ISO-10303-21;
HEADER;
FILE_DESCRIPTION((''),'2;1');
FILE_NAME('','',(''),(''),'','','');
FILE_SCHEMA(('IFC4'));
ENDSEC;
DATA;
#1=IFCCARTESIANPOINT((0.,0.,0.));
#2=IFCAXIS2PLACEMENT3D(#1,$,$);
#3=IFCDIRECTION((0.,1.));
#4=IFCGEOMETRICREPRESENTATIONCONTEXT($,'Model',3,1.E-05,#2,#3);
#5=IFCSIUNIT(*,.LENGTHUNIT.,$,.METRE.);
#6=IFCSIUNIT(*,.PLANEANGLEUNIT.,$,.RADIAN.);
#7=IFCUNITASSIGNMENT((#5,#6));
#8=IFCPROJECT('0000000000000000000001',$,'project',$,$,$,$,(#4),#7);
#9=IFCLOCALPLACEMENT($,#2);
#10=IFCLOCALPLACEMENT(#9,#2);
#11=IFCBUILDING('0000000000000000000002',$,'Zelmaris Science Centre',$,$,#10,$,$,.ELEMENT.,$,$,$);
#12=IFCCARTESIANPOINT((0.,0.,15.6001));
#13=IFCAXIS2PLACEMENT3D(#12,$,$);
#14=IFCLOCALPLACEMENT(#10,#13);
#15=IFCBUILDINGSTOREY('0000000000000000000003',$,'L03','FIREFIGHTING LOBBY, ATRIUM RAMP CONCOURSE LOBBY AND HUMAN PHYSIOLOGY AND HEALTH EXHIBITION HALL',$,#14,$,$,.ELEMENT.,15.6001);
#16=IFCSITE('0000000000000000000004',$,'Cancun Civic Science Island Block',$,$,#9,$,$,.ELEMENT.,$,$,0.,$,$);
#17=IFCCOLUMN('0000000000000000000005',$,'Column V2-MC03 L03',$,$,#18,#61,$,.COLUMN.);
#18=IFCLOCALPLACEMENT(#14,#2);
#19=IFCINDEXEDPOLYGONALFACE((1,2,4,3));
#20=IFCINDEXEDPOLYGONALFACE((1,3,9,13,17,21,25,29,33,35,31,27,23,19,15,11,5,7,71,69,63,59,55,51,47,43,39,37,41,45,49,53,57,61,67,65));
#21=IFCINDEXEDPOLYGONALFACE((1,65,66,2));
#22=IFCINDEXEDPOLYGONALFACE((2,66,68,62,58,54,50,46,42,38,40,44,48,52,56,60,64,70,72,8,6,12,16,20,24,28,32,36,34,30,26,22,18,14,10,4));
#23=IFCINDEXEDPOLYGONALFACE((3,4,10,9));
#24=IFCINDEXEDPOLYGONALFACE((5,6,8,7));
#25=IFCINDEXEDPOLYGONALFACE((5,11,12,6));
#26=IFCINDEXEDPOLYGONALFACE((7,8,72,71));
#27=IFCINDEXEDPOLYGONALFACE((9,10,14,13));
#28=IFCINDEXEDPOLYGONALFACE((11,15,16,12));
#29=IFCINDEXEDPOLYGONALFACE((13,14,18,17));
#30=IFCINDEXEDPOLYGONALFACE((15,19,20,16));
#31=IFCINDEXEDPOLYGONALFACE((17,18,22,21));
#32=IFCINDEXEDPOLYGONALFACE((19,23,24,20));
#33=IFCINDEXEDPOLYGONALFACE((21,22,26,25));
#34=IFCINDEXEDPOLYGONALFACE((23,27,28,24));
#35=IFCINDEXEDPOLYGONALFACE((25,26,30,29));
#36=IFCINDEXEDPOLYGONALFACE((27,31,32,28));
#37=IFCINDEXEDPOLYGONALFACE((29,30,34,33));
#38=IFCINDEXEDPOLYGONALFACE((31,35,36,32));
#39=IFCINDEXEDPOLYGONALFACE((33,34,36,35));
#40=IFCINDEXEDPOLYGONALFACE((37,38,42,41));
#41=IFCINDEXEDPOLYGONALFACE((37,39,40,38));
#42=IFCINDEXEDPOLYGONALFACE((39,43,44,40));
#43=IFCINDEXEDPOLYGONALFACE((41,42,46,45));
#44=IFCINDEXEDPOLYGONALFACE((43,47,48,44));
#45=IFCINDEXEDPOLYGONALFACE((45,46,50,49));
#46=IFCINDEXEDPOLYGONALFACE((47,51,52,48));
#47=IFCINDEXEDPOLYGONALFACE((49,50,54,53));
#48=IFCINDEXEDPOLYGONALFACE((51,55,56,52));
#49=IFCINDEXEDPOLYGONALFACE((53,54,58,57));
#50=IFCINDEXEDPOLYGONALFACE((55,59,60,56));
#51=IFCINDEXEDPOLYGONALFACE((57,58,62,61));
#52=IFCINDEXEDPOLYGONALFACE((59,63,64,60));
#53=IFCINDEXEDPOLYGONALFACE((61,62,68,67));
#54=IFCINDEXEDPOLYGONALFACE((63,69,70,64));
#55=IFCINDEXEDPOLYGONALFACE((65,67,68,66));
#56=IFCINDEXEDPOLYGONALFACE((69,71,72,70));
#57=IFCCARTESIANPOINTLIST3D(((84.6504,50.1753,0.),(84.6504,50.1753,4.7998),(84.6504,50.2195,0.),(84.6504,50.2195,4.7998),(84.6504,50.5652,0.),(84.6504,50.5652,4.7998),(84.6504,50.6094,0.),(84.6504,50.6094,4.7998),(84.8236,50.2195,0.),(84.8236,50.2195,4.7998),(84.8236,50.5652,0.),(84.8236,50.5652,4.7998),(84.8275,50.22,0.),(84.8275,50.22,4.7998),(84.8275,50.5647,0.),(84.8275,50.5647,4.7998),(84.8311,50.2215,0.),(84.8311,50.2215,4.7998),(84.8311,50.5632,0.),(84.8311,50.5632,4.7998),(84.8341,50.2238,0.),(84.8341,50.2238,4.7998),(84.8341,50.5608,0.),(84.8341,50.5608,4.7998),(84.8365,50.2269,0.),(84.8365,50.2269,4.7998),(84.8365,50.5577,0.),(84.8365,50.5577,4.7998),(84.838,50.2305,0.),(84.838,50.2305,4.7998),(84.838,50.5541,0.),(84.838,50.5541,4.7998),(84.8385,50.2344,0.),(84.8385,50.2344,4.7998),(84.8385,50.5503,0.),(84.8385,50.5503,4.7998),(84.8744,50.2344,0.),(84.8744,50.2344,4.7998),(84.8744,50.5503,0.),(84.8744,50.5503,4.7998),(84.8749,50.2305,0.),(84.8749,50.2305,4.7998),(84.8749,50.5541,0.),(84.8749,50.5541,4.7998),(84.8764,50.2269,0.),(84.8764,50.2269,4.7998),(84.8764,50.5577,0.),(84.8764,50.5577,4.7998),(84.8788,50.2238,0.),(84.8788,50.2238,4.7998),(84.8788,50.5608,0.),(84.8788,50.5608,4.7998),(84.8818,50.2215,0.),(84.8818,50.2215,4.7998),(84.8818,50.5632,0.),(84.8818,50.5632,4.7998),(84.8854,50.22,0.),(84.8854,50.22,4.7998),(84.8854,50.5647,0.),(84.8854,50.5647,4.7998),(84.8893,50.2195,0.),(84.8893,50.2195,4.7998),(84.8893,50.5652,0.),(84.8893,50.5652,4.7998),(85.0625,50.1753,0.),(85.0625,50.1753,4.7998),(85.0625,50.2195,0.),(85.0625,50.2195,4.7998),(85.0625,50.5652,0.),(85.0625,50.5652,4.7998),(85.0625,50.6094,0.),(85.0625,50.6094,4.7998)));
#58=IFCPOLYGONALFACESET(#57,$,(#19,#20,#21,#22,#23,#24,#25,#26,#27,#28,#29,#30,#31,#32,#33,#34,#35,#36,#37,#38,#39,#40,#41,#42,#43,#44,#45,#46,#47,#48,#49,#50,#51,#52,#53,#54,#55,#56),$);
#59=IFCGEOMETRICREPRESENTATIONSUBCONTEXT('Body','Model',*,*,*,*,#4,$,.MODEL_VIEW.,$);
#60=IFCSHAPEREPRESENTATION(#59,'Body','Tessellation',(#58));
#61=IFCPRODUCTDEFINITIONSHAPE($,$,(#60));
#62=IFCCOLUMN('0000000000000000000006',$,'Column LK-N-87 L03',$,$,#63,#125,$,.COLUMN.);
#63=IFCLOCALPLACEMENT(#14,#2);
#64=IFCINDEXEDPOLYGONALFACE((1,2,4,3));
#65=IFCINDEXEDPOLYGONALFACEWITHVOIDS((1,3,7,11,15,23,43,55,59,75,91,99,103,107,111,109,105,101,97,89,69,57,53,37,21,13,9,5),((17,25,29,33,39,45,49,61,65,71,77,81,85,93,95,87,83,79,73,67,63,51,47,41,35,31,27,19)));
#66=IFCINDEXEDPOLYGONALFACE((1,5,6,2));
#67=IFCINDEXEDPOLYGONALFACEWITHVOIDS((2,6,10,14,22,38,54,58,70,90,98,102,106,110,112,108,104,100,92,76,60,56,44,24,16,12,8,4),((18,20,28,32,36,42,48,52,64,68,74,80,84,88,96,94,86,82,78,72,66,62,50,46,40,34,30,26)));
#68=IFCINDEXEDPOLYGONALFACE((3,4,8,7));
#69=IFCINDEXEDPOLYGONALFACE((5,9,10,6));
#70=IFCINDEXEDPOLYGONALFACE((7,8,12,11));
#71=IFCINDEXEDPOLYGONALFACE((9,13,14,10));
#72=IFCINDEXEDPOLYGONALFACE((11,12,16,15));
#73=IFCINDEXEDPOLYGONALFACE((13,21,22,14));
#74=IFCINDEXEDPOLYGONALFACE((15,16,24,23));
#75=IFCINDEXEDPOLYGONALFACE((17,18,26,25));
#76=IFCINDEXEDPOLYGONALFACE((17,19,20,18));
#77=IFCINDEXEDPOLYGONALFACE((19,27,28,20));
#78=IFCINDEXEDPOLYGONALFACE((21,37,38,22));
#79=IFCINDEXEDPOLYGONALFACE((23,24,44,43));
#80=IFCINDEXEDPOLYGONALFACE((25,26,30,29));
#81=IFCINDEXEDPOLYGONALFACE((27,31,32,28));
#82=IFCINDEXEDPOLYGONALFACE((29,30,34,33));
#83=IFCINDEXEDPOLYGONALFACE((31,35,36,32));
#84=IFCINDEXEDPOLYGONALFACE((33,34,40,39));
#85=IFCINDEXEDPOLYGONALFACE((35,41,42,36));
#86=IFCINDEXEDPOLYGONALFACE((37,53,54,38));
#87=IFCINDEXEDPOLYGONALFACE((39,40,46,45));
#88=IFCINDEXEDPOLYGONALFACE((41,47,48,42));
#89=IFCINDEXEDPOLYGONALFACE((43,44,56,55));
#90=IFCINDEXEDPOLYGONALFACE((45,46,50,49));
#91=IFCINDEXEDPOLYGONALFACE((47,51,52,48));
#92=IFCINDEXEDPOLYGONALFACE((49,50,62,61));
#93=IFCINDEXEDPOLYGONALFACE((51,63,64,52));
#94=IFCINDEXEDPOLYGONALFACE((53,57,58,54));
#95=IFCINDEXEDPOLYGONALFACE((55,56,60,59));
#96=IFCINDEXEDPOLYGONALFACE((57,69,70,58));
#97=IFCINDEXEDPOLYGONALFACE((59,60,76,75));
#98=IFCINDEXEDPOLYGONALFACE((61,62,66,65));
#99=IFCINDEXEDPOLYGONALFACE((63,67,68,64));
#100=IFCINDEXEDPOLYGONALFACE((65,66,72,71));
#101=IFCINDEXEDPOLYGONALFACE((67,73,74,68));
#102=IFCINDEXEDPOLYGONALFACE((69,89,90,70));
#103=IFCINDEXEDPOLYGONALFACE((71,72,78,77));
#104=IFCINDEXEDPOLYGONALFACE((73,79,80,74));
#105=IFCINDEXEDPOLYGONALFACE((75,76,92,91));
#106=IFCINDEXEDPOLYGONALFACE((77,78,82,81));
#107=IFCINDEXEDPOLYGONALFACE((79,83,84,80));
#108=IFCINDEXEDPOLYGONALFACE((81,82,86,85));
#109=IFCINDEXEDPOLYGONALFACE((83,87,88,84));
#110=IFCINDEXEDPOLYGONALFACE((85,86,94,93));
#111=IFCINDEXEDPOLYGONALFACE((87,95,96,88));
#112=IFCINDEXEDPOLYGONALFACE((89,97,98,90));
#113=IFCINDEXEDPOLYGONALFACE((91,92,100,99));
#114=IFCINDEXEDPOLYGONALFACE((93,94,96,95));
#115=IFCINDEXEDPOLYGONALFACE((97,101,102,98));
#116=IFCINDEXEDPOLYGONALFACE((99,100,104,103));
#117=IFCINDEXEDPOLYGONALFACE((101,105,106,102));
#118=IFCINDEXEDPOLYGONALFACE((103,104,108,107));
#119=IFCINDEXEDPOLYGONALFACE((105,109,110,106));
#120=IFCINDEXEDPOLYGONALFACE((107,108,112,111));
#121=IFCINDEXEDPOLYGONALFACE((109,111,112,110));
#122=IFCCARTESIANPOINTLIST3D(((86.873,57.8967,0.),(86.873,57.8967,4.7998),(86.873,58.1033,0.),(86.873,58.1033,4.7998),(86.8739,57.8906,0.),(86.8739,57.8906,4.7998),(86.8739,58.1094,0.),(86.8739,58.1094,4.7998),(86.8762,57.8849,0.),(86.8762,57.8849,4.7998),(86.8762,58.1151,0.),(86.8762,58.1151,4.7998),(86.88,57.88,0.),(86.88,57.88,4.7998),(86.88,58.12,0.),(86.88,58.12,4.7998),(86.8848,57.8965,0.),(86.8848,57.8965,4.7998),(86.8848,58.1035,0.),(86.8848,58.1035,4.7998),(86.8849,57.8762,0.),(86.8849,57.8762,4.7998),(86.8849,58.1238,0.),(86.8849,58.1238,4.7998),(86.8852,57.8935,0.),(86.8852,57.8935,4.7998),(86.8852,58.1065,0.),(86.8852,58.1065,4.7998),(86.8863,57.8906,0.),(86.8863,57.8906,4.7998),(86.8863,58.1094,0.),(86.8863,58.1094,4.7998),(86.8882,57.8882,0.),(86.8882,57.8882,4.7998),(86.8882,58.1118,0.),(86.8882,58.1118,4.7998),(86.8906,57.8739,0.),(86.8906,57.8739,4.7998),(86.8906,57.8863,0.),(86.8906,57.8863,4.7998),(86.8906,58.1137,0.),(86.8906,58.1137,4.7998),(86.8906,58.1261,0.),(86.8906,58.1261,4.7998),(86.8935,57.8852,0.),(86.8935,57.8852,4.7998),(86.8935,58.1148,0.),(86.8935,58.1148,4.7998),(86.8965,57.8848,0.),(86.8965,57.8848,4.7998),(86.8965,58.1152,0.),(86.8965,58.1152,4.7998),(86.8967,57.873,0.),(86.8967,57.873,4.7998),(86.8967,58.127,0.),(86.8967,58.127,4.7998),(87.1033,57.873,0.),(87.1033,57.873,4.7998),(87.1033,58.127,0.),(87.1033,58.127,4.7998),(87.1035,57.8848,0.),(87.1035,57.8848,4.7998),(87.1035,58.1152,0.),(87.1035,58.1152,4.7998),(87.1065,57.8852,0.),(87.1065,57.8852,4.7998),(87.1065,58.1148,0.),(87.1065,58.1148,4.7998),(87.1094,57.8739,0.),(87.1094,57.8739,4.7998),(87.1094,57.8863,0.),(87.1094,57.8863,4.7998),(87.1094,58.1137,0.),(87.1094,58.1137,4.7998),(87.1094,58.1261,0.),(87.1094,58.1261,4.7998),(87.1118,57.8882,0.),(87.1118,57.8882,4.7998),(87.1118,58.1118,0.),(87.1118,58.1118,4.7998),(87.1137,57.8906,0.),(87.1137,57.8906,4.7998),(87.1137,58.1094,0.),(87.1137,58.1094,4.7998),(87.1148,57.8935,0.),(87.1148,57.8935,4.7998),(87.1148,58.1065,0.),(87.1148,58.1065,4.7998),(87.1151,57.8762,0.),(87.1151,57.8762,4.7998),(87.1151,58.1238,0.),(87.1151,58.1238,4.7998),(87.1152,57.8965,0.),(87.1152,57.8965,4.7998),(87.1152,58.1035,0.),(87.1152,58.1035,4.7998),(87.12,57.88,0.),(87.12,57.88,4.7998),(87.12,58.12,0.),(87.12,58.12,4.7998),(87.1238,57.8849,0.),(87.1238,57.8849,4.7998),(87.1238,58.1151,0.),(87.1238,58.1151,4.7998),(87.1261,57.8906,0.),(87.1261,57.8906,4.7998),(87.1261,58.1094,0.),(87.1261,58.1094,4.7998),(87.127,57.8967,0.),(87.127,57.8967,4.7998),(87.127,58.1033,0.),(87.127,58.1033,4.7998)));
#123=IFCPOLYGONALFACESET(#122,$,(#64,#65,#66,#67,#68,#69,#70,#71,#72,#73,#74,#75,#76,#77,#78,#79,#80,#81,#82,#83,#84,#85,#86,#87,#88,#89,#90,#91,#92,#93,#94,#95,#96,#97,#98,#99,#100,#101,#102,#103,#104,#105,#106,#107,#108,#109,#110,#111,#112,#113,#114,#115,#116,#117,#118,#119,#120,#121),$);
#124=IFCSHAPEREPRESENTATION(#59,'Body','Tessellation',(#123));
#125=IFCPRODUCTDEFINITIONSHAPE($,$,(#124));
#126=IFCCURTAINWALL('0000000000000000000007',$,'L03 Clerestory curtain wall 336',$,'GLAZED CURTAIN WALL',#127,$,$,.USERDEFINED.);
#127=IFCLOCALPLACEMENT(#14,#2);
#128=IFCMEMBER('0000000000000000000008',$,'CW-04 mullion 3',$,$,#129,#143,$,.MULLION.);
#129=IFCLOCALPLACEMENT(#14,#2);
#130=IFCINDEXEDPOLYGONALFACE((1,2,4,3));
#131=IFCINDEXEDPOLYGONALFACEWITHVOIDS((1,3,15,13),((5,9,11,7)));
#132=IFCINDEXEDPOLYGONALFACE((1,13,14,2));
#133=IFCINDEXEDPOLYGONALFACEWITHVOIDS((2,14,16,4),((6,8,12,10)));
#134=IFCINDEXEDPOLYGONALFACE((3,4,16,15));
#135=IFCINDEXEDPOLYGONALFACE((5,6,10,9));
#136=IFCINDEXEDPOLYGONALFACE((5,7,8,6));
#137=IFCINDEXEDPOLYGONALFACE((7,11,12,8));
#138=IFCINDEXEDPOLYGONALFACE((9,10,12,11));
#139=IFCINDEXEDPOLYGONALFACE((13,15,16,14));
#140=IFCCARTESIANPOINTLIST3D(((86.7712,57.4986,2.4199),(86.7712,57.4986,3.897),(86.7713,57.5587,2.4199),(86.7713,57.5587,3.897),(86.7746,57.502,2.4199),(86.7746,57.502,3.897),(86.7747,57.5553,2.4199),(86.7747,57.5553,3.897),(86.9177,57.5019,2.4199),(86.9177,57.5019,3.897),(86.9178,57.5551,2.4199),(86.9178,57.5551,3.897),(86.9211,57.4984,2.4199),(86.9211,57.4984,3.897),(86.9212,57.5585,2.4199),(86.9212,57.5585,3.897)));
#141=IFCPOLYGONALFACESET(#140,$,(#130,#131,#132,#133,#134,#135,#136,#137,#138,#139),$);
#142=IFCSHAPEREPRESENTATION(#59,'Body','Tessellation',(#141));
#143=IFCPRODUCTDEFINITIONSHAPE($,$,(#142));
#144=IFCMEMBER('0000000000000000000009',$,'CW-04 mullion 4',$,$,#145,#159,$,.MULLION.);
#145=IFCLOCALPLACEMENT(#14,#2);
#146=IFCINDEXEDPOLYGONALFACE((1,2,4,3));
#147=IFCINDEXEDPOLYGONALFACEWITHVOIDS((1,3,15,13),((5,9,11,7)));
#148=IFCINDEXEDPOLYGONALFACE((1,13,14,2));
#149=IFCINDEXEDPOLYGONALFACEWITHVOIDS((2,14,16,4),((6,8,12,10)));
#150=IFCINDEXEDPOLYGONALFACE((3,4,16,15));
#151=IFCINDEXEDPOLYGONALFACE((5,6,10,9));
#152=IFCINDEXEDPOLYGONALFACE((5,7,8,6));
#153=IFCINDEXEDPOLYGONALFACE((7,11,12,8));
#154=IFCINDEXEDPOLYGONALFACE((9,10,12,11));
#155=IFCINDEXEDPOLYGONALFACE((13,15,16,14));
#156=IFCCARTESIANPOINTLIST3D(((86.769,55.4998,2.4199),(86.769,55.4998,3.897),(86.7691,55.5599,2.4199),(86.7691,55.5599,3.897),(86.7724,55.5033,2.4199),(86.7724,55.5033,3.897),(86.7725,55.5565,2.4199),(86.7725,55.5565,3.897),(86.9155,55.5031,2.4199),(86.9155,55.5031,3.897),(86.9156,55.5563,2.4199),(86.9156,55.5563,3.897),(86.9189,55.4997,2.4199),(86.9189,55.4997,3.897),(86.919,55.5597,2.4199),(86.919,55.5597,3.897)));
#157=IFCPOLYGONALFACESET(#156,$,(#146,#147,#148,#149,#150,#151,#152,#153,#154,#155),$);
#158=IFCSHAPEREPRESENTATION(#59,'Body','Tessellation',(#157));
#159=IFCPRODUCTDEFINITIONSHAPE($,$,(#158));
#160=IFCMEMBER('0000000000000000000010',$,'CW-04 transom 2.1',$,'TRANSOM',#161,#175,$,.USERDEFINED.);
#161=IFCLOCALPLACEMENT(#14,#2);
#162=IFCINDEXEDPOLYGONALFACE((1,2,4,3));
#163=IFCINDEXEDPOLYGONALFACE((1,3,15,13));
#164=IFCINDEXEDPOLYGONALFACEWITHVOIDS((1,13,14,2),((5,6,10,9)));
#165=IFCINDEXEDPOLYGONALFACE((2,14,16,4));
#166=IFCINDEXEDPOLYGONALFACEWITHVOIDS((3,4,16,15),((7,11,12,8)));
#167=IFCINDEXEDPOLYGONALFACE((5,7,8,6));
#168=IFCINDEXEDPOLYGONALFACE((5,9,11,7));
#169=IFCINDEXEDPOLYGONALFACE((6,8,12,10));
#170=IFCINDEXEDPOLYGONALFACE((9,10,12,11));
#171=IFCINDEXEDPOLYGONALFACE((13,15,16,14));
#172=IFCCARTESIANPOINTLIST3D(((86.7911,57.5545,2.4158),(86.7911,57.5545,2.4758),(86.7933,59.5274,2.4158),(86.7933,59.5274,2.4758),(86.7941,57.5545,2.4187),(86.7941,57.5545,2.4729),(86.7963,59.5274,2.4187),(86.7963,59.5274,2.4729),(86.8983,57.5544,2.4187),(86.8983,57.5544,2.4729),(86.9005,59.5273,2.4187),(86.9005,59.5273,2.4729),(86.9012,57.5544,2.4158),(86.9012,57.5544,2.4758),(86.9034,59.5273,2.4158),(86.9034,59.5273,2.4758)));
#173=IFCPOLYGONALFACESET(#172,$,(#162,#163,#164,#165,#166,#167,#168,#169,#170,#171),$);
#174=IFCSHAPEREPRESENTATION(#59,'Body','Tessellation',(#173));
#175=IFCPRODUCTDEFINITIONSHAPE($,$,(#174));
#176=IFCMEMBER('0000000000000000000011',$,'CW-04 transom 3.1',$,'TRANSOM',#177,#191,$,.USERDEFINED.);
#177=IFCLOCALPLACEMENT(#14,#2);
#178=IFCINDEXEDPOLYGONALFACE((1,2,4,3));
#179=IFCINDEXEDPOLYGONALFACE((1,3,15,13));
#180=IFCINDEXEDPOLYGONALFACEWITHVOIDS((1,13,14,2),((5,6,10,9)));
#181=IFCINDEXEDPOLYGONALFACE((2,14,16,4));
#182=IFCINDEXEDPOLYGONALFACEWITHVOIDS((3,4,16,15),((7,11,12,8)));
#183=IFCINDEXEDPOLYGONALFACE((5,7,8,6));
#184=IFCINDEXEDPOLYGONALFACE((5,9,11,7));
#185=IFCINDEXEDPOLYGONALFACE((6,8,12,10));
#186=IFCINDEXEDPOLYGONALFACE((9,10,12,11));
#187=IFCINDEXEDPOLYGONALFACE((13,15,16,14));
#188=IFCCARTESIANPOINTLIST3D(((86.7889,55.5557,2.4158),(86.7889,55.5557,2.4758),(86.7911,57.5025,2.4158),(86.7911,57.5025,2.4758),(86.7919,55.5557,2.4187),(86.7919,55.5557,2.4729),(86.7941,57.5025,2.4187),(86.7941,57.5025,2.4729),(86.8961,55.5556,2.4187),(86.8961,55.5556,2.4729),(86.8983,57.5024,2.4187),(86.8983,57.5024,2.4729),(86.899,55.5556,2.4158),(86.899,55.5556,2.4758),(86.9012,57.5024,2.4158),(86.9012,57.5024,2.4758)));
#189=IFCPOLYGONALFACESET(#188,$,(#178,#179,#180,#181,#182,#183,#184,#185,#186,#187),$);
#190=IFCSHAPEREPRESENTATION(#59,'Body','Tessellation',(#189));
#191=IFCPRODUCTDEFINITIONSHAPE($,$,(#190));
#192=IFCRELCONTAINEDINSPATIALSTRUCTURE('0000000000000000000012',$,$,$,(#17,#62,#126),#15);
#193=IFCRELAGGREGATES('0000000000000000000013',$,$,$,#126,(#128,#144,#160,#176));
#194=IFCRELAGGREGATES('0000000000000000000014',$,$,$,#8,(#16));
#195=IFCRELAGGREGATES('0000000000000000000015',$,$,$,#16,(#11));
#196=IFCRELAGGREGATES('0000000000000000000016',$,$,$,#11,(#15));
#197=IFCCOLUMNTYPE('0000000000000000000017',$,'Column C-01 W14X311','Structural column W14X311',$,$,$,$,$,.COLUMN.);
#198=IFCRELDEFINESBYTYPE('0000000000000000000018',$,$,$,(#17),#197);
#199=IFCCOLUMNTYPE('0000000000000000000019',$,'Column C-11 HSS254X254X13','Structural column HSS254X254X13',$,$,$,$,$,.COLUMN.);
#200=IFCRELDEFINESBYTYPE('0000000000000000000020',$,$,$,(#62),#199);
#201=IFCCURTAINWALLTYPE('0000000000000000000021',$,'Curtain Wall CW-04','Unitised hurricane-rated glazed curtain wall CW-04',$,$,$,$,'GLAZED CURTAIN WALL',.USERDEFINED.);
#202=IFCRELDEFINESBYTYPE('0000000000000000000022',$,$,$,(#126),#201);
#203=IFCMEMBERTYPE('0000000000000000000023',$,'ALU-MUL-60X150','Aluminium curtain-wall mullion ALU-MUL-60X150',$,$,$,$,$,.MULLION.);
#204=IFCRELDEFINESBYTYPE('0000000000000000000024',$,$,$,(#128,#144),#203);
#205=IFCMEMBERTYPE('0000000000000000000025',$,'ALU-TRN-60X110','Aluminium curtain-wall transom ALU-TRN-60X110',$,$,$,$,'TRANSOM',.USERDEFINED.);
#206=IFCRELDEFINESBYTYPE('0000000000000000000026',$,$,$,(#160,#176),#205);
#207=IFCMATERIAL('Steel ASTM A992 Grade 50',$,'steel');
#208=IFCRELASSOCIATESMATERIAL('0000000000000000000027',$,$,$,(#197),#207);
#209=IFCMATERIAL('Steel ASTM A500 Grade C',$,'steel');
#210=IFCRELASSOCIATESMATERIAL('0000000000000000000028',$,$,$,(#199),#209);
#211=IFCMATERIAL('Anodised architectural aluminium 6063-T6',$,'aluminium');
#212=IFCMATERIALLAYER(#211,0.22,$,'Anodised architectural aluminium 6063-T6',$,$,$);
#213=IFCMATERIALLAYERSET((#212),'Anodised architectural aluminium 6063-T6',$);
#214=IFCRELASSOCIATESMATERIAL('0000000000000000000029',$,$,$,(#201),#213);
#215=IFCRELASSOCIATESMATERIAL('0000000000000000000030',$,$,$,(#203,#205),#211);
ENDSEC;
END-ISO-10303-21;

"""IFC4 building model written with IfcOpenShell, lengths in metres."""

from ifc_helpers import new_model, si_unit, direction, frame, origin, origin_2d, place, context, subcontext, project, spatial, hollow_rectangle, i_section, extrude, material, layer, layer_set, material_profile, profile_set, type_object, element, aggregate, save


model = new_model("IFC4")

# Units and contexts
model_context = context("Model", 3, precision=1e-05, world=origin(), true_north=direction((0.0, 1.0)))
body_context = subcontext(model_context, "Body", "Model", "MODEL_VIEW")
ifc_project = project(units=[si_unit("LENGTHUNIT", "METRE"), si_unit("PLANEANGLEUNIT", "RADIAN")], contexts=[model_context])

# Site, building, storey
site_placement = place(None, origin())
site = spatial("IfcSite", under=ifc_project, at=site_placement, Name="Cancun Civic Science Island Block", CompositionType="ELEMENT", RefElevation=0.0)
building_placement = place(site_placement, origin())
building = spatial("IfcBuilding", under=site, at=building_placement, Name="Zelmaris Science Centre", CompositionType="ELEMENT")
storey_placement = place(building_placement, frame((0.0, 0.0, 15.6001)))
storey = spatial("IfcBuildingStorey", under=building, at=storey_placement, Name="L03", Description="FIREFIGHTING LOBBY, ATRIUM RAMP CONCOURSE LOBBY AND HUMAN PHYSIOLOGY AND HEALTH EXHIBITION HALL", CompositionType="ELEMENT", Elevation=15.6001)

# Columns
ifc_material_1 = material(Name="Steel ASTM A992 Grade 50", Category="steel")
ifc_material_profile_1 = material_profile(ifc_material_1, i_section(OverallWidth=0.4121, OverallDepth=0.4341, WebThickness=0.0359, FlangeThickness=0.0442, FilletRadius=0.0149, at=origin_2d()), Name="W14X311")
ifc_profile_set_1 = profile_set([ifc_material_profile_1], Name="Steel ASTM A992 Grade 50")
column_type_1 = type_object("IfcColumnType", Name="Column C-01 W14X311", Description="Structural column W14X311", PredefinedType="COLUMN", material=ifc_profile_set_1)
column_1_placement = place(storey_placement, frame((84.8564, 50.3923, 0.0), z_axis=(0.0, 0.0, 1.0), x_axis=(1.0, 0.0, 0.0)))
element("IfcColumn", 1, at=column_1_placement, inside=storey, type_object=column_type_1, Name="Column V2-MC03 L03", PredefinedType="COLUMN", context=body_context, shape_type="SweptSolid", body=[
    extrude(i_section(OverallWidth=0.4121, OverallDepth=0.4341, WebThickness=0.0359, FlangeThickness=0.0442, FilletRadius=0.0149, at=origin_2d()), origin(), (0.0, 0.0, 1.0), 4.7998),
])
ifc_material_2 = material(Name="Steel ASTM A500 Grade C", Category="steel")
ifc_material_profile_2 = material_profile(ifc_material_2, hollow_rectangle(XDim=0.2539, YDim=0.2539, WallThickness=0.0117, InnerFilletRadius=0.0117, OuterFilletRadius=0.0237, at=origin_2d()), Name="HSS254X254X13")
ifc_profile_set_2 = profile_set([ifc_material_profile_2], Name="Steel ASTM A500 Grade C")
column_type_2 = type_object("IfcColumnType", Name="Column C-11 HSS254X254X13", Description="Structural column HSS254X254X13", PredefinedType="COLUMN", material=ifc_profile_set_2)
column_2_placement = place(storey_placement, frame((87.0, 58.0, 0.0), z_axis=(0.0, 0.0, 1.0), x_axis=(1.0, 0.0, 0.0)))
element("IfcColumn", 2, at=column_2_placement, inside=storey, type_object=column_type_2, Name="Column LK-N-87 L03", PredefinedType="COLUMN", context=body_context, shape_type="SweptSolid", body=[
    extrude(hollow_rectangle(XDim=0.2539, YDim=0.2539, WallThickness=0.0117, InnerFilletRadius=0.0117, OuterFilletRadius=0.0237, at=origin_2d()), origin(), (0.0, 0.0, 1.0), 4.7998),
])

# Curtain wall, members
ifc_material_3 = material(Name="Anodised architectural aluminium 6063-T6", Category="aluminium")
ifc_layer_1 = layer(ifc_material_3, 0.22, Name="Anodised architectural aluminium 6063-T6")
ifc_layer_set_1 = layer_set([ifc_layer_1], Name="Anodised architectural aluminium 6063-T6")
curtain_wall_type = type_object("IfcCurtainWallType", Name="Curtain Wall CW-04", Description="Unitised hurricane-rated glazed curtain wall CW-04", ElementType="GLAZED CURTAIN WALL", PredefinedType="USERDEFINED", material=ifc_layer_set_1)
curtain_wall_placement = place(storey_placement, origin())
curtain_wall = element("IfcCurtainWall", 3, at=curtain_wall_placement, inside=storey, type_object=curtain_wall_type, Name="L03 Clerestory curtain wall 336", ObjectType="GLAZED CURTAIN WALL", PredefinedType="USERDEFINED")
ifc_material_profile_3 = material_profile(ifc_material_3, hollow_rectangle(XDim=0.0601, YDim=0.1499, WallThickness=0.0034, at=origin_2d()), Name="ALU-MUL-60X150")
ifc_profile_set_3 = profile_set([ifc_material_profile_3], Name="Anodised architectural aluminium 6063-T6")
member_type_1 = type_object("IfcMemberType", Name="ALU-MUL-60X150", Description="Aluminium curtain-wall mullion ALU-MUL-60X150", PredefinedType="MULLION", material=ifc_profile_set_3)
member_1_placement = place(storey_placement, frame((86.8462, 57.5286, 2.4199), z_axis=(0.0, 0.0, 1.0), x_axis=(-0.001148, -0.999999, 0.0)))
member_1 = element("IfcMember", 4, at=member_1_placement, type_object=member_type_1, Name="CW-04 mullion 3", PredefinedType="MULLION", context=body_context, shape_type="SweptSolid", body=[
    extrude(hollow_rectangle(XDim=0.0601, YDim=0.1499, WallThickness=0.0034, at=origin_2d()), origin(), (0.0, 0.0, 1.0), 1.4771),
])
member_2_placement = place(storey_placement, frame((86.844, 55.5298, 2.4199), z_axis=(0.0, 0.0, 1.0), x_axis=(-0.001148, -0.999999, 0.0)))
member_2 = element("IfcMember", 5, at=member_2_placement, type_object=member_type_1, Name="CW-04 mullion 4", PredefinedType="MULLION", context=body_context, shape_type="SweptSolid", body=[
    extrude(hollow_rectangle(XDim=0.0601, YDim=0.1499, WallThickness=0.0034, at=origin_2d()), origin(), (0.0, 0.0, 1.0), 1.4771),
])
ifc_material_profile_4 = material_profile(ifc_material_3, hollow_rectangle(XDim=0.0601, YDim=0.1101, WallThickness=0.0029, at=origin_2d()), Name="ALU-TRN-60X110")
ifc_profile_set_4 = profile_set([ifc_material_profile_4], Name="Anodised architectural aluminium 6063-T6")
member_type_2 = type_object("IfcMemberType", Name="ALU-TRN-60X110", Description="Aluminium curtain-wall transom ALU-TRN-60X110", ElementType="TRANSOM", PredefinedType="USERDEFINED", material=ifc_profile_set_4)
member_3_placement = place(storey_placement, frame((86.8484, 59.5273, 2.4458), z_axis=(-0.001114, -0.999999, 0.0), x_axis=(0.0, 0.0, 1.0)))
member_3 = element("IfcMember", 6, at=member_3_placement, type_object=member_type_2, Name="CW-04 transom 2.1", ObjectType="TRANSOM", PredefinedType="USERDEFINED", context=body_context, shape_type="SweptSolid", body=[
    extrude(hollow_rectangle(XDim=0.0601, YDim=0.1101, WallThickness=0.0029, at=origin_2d()), origin(), (0.0, 0.0, 1.0), 1.9729),
])
member_4_placement = place(storey_placement, frame((86.8462, 57.5024, 2.4458), z_axis=(-0.001129, -0.999999, 0.0), x_axis=(0.0, 0.0, 1.0)))
member_4 = element("IfcMember", 7, at=member_4_placement, type_object=member_type_2, Name="CW-04 transom 3.1", ObjectType="TRANSOM", PredefinedType="USERDEFINED", context=body_context, shape_type="SweptSolid", body=[
    extrude(hollow_rectangle(XDim=0.0601, YDim=0.1101, WallThickness=0.0029, at=origin_2d()), origin(), (0.0, 0.0, 1.0), 1.9468),
])

aggregate(curtain_wall, [member_1, member_2, member_3, member_4])

save(model, "model.ifc")
